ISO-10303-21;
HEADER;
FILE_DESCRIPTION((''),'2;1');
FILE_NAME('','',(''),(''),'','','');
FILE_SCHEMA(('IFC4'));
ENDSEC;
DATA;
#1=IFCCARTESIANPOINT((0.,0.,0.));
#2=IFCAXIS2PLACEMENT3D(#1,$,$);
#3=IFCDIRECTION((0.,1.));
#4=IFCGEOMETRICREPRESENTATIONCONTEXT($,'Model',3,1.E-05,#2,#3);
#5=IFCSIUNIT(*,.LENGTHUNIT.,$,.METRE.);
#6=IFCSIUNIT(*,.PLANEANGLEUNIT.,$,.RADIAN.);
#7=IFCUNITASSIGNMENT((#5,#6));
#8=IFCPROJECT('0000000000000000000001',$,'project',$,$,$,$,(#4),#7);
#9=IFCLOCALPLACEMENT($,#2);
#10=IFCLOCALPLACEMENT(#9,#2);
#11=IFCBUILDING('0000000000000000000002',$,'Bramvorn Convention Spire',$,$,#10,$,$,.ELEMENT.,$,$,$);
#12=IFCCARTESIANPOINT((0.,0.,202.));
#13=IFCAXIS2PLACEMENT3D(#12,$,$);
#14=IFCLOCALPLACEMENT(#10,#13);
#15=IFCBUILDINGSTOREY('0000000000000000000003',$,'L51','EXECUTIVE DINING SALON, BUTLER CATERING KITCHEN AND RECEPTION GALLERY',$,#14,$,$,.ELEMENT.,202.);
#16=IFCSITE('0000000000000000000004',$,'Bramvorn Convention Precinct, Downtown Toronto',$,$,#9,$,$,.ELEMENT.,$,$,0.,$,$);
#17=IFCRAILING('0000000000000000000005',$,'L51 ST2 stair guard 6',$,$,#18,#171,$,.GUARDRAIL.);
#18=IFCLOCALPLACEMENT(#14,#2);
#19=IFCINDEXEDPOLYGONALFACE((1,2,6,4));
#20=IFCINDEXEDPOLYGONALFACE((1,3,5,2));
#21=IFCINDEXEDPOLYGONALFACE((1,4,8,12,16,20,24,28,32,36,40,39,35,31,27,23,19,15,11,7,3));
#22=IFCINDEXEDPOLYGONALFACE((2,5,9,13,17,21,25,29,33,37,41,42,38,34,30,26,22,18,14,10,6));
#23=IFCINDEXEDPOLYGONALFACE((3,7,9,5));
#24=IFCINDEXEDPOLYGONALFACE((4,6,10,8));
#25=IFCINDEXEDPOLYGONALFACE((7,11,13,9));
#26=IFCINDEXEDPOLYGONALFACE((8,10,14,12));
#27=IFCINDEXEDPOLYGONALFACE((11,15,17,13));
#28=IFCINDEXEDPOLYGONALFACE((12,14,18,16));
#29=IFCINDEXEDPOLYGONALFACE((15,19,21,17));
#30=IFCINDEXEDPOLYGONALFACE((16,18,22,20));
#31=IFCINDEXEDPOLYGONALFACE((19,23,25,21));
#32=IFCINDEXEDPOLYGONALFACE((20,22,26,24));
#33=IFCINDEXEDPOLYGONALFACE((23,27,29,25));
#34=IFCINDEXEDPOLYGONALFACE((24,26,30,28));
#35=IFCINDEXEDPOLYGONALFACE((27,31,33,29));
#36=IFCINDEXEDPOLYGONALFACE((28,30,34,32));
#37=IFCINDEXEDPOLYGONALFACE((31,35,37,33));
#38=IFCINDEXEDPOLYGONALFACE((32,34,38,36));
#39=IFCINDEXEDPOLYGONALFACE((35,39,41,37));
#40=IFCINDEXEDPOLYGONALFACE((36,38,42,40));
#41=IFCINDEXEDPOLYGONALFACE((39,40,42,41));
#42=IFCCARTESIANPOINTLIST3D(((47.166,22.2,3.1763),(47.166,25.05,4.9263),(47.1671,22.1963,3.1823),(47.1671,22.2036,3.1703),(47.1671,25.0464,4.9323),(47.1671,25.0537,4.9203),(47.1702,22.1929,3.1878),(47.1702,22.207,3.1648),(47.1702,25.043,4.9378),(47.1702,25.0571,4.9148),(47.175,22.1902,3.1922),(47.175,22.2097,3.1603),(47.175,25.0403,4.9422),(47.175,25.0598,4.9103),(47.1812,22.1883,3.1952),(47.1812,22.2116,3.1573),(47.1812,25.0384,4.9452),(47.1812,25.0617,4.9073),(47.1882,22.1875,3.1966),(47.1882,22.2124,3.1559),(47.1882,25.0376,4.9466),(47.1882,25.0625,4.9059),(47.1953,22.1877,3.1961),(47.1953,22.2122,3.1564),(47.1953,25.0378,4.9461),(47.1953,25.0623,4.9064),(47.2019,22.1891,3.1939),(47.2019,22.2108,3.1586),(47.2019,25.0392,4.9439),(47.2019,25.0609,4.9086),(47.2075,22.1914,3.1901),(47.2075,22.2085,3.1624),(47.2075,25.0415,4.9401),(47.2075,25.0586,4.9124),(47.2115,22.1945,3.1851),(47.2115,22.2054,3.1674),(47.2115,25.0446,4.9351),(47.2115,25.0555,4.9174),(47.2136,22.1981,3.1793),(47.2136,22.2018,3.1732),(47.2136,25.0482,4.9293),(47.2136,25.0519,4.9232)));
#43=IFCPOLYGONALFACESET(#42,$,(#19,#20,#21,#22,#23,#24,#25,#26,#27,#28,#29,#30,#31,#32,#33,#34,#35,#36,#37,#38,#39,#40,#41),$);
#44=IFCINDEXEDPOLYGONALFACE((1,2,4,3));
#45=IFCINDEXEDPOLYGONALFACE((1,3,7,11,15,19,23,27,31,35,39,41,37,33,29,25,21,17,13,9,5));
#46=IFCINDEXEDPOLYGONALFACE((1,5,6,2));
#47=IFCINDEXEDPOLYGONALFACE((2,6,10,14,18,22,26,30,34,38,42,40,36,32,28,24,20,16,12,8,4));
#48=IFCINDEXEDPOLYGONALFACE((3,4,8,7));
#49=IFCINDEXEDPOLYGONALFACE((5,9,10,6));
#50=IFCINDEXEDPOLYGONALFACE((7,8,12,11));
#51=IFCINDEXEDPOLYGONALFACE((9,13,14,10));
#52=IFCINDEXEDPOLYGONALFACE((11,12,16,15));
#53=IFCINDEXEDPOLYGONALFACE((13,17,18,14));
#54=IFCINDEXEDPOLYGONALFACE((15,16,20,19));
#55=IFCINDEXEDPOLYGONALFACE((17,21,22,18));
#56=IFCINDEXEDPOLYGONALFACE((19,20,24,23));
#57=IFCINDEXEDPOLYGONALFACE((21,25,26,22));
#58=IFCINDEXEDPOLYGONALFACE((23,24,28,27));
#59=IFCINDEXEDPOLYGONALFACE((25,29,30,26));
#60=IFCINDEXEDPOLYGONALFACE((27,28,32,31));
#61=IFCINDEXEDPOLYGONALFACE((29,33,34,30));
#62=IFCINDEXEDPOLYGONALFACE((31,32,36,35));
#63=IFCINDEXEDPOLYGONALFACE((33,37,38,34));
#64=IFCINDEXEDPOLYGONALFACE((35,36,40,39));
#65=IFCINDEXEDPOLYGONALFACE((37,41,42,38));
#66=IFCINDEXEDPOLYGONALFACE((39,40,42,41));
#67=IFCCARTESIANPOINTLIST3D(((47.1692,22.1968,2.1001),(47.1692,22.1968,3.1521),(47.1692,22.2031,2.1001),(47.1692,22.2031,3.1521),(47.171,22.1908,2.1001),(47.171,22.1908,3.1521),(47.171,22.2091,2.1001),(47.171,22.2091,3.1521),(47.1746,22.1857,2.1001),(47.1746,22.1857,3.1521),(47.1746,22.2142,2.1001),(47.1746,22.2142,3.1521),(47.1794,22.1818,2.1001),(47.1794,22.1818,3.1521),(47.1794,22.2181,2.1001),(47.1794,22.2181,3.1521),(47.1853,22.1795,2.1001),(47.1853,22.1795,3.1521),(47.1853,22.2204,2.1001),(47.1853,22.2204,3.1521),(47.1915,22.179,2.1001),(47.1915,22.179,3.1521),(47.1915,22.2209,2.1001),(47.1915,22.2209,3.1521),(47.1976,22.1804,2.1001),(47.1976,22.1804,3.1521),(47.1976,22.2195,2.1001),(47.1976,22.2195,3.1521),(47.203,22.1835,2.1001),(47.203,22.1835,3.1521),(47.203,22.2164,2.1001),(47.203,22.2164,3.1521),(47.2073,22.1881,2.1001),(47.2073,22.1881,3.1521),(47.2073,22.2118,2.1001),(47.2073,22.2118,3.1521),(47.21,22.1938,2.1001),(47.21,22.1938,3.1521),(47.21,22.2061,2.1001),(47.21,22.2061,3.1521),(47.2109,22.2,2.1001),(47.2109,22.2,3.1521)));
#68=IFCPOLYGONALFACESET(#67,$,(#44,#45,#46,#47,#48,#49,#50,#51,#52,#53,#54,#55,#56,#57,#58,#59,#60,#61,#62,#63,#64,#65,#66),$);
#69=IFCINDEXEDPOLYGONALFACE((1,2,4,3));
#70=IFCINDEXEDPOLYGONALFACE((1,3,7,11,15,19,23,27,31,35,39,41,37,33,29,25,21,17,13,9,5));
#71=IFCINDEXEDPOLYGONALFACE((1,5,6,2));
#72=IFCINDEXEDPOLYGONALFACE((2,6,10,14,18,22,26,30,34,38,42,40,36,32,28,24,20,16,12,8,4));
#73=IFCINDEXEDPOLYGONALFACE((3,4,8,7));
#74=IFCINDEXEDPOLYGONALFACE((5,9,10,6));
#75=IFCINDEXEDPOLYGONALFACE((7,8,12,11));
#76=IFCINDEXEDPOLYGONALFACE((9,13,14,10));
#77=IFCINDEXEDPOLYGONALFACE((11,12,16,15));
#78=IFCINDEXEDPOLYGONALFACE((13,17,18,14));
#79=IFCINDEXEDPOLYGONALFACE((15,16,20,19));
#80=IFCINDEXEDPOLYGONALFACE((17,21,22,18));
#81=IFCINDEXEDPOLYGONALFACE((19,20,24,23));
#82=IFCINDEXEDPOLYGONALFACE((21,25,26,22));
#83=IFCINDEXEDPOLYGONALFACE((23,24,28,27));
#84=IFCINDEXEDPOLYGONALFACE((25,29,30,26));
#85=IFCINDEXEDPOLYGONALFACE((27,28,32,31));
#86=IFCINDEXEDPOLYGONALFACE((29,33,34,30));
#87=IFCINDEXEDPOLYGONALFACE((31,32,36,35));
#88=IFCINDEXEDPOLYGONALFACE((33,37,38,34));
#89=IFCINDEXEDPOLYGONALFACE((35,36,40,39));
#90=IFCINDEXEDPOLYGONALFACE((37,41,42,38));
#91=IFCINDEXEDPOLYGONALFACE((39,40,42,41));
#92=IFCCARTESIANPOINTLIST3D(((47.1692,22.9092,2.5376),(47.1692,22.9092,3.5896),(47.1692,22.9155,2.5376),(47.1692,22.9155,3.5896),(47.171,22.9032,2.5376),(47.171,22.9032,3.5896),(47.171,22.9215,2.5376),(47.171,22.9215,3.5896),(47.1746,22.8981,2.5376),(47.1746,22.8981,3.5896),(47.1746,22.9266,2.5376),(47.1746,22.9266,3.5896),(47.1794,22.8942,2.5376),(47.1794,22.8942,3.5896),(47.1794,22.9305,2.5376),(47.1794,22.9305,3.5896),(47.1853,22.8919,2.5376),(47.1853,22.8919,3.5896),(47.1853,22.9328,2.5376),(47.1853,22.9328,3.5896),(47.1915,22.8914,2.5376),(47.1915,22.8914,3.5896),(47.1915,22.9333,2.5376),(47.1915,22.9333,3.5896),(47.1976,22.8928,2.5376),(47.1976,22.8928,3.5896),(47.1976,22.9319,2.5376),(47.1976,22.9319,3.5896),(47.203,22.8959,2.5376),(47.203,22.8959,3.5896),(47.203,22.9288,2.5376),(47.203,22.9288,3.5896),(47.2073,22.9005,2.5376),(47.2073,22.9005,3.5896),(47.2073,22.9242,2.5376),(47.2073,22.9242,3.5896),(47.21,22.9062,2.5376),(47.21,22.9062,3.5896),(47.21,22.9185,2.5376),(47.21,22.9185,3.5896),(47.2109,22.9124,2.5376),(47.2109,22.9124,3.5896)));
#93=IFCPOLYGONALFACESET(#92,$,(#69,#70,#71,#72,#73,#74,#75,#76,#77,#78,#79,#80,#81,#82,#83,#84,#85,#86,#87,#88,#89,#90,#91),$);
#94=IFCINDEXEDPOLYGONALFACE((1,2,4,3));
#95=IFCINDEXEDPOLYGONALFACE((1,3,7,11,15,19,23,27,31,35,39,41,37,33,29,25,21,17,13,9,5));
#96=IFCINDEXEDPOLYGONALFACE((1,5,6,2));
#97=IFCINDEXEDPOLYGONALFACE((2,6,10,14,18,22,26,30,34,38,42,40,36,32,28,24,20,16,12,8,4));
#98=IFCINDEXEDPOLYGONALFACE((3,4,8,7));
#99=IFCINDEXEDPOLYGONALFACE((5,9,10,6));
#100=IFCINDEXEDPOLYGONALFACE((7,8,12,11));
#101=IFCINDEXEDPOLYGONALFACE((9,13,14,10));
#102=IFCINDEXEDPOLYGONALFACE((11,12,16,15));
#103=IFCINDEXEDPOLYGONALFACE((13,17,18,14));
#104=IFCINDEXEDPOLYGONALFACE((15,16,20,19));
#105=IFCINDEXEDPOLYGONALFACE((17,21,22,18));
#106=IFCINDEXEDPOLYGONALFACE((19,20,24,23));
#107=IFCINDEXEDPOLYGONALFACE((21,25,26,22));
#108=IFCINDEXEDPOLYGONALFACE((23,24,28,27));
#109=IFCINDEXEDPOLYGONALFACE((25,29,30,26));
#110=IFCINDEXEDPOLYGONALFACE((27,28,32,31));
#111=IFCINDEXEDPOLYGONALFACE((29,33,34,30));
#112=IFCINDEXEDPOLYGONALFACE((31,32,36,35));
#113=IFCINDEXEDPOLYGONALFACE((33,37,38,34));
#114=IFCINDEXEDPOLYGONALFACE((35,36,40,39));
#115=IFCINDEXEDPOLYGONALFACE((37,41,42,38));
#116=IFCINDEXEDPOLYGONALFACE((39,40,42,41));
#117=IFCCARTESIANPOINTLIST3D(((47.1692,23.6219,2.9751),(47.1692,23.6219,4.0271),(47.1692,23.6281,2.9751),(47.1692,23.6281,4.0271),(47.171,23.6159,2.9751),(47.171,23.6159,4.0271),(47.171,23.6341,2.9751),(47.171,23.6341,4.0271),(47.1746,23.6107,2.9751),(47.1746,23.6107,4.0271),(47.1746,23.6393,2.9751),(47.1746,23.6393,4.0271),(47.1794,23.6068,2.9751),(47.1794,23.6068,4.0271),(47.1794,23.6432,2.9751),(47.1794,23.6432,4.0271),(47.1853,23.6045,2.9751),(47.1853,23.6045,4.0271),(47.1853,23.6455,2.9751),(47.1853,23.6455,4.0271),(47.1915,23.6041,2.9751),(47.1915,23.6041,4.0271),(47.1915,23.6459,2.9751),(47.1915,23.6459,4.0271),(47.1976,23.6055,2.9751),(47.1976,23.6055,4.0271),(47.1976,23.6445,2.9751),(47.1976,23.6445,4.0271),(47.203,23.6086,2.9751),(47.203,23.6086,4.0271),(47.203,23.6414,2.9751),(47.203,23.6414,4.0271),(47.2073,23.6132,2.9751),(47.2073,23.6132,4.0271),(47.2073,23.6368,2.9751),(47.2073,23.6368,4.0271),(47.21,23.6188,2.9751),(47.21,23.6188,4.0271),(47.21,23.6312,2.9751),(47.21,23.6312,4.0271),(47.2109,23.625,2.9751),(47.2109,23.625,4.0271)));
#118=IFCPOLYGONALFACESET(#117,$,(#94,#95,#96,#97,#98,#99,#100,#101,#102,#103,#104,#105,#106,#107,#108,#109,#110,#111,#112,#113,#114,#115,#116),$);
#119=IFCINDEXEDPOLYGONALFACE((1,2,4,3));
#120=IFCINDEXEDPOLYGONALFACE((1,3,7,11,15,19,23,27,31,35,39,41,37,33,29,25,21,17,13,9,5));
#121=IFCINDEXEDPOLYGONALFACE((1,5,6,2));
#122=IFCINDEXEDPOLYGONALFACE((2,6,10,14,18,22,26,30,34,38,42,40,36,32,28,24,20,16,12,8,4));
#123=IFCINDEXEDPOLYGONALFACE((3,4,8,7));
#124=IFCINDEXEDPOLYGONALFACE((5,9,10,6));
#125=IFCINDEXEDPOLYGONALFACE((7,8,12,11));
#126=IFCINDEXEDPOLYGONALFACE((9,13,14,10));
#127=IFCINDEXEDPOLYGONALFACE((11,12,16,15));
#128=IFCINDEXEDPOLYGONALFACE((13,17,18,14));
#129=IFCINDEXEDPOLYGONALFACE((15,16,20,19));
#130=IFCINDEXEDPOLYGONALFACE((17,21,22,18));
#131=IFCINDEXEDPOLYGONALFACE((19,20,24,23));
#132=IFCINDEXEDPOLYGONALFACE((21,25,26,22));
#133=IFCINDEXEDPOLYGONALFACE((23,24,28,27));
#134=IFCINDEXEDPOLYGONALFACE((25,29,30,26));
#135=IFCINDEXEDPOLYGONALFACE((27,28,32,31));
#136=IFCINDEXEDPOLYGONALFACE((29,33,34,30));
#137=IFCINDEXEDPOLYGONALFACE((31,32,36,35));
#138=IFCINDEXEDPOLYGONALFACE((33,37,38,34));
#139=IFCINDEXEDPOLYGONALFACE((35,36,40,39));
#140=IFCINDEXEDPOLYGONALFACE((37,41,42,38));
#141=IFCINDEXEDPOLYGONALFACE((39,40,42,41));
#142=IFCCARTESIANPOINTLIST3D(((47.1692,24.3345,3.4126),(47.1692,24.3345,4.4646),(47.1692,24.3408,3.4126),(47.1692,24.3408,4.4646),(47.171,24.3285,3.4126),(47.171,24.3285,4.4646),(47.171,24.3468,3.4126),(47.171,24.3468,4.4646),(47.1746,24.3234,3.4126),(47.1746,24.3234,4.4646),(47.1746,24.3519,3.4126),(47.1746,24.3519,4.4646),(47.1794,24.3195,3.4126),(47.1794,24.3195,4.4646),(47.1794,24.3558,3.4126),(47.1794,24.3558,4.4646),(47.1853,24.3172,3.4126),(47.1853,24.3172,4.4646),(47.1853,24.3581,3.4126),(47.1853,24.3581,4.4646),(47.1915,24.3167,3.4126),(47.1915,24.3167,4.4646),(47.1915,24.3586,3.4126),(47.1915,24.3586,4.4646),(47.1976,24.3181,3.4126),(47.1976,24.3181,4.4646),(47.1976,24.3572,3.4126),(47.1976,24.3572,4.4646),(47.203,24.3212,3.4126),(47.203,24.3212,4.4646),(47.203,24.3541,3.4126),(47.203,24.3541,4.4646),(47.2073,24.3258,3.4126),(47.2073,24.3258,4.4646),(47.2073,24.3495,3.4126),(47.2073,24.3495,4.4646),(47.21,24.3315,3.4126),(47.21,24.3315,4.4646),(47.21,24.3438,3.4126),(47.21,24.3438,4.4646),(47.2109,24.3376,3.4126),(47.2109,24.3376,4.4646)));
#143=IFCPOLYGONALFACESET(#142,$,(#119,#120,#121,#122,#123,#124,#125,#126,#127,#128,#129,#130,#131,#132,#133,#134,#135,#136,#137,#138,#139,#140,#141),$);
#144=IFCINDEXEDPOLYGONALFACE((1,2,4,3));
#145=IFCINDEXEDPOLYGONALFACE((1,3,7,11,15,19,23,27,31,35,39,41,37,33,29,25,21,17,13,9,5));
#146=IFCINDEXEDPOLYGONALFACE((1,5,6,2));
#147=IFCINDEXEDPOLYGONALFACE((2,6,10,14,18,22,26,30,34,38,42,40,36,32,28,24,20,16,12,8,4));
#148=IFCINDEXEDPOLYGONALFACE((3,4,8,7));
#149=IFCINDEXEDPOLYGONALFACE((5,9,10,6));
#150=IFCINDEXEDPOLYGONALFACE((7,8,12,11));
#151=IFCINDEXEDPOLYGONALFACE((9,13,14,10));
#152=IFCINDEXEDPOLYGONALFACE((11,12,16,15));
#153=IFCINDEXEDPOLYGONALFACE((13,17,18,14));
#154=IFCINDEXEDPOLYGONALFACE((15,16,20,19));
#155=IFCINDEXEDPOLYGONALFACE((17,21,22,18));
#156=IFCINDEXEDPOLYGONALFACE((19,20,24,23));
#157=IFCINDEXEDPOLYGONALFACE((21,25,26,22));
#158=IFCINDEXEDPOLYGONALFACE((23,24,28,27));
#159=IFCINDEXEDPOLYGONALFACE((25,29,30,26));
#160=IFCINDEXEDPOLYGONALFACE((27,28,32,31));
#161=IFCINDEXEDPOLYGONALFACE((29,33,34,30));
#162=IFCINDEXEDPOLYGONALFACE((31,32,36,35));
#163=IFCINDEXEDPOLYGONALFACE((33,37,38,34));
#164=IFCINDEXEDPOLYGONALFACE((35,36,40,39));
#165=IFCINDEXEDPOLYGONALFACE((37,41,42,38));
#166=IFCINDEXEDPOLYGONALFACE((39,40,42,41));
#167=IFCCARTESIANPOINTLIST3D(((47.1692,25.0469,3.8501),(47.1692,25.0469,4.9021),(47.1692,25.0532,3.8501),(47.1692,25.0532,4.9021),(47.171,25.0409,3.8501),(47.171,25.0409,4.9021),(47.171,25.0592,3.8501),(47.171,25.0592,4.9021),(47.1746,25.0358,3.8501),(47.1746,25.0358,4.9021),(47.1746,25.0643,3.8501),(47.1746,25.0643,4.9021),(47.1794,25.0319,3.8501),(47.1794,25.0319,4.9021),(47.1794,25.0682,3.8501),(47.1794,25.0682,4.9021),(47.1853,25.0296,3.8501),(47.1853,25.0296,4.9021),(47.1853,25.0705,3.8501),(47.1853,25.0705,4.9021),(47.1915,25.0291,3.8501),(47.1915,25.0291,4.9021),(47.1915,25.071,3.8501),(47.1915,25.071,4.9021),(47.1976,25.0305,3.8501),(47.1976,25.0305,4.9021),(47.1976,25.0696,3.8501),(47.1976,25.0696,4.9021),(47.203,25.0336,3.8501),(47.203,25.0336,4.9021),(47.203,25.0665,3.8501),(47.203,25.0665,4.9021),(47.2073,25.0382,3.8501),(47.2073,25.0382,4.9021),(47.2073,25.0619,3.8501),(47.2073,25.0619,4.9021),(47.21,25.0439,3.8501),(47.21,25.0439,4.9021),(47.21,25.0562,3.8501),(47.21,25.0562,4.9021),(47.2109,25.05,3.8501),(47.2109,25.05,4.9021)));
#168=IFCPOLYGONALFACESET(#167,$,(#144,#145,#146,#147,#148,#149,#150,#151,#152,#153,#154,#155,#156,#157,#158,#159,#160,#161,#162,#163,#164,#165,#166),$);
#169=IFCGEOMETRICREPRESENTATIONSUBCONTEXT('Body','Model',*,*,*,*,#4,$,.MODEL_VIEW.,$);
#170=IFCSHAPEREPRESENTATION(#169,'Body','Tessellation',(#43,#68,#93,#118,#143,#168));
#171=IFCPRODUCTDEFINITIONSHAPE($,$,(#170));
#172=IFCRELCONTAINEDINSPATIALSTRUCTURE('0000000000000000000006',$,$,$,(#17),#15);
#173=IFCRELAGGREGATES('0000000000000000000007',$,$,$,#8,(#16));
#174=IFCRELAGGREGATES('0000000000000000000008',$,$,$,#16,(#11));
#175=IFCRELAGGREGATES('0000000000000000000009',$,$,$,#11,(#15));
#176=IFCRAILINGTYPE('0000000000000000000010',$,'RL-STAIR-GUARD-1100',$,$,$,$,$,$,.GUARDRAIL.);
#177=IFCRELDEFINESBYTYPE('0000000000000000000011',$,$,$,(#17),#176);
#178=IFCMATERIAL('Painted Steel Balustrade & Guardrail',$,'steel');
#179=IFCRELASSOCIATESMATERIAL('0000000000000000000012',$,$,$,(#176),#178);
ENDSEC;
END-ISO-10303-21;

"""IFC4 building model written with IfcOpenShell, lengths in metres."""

from ifc_helpers import new_model, si_unit, direction, frame, origin, origin_2d, place, context, subcontext, project, spatial, circle, extrude, material, type_object, element, save


model = new_model("IFC4")

# Units and contexts
model_context = context("Model", 3, precision=1e-05, world=origin(), true_north=direction((0.0, 1.0)))
body_context = subcontext(model_context, "Body", "Model", "MODEL_VIEW")
ifc_project = project(units=[si_unit("LENGTHUNIT", "METRE"), si_unit("PLANEANGLEUNIT", "RADIAN")], contexts=[model_context])

# Site, building, storey
site_placement = place(None, origin())
site = spatial("IfcSite", under=ifc_project, at=site_placement, Name="Bramvorn Convention Precinct, Downtown Toronto", CompositionType="ELEMENT", RefElevation=0.0)
building_placement = place(site_placement, origin())
building = spatial("IfcBuilding", under=site, at=building_placement, Name="Bramvorn Convention Spire", CompositionType="ELEMENT")
storey_placement = place(building_placement, frame((0.0, 0.0, 202.0)))
storey = spatial("IfcBuildingStorey", under=building, at=storey_placement, Name="L51", Description="EXECUTIVE DINING SALON, BUTLER CATERING KITCHEN AND RECEPTION GALLERY", CompositionType="ELEMENT", Elevation=202.0)

# Railing
ifc_material_1 = material(Name="Painted Steel Balustrade & Guardrail", Category="steel")
railing_type_1 = type_object("IfcRailingType", Name="RL-STAIR-GUARD-1100", PredefinedType="GUARDRAIL", material=ifc_material_1)
railing_1_placement = place(storey_placement, frame((47.1899, 22.2, 2.1001)))
element("IfcRailing", 1, at=railing_1_placement, inside=storey, type_object=railing_type_1, Name="L51 ST2 stair guard 6", PredefinedType="GUARDRAIL", context=body_context, shape_type="SweptSolid", body=[
    extrude(circle(Radius=0.0239, at=origin_2d()), frame((0.0, 0.0, 1.0762), z_axis=(0.0, 0.852179, 0.52325), x_axis=(-1.0, 0.0, 0.0)), (0.0, 0.0, 1.0), 3.3445),
    extrude(circle(Radius=0.021, at=origin_2d()), origin(), (0.0, 0.0, 1.0), 1.052),
    extrude(circle(Radius=0.021, at=origin_2d()), frame((0.0, 0.7124, 0.4375)), (0.0, 0.0, 1.0), 1.052),
    extrude(circle(Radius=0.021, at=origin_2d()), frame((0.0, 1.425, 0.875)), (0.0, 0.0, 1.0), 1.052),
    extrude(circle(Radius=0.021, at=origin_2d()), frame((0.0, 2.1377, 1.3125)), (0.0, 0.0, 1.0), 1.052),
    extrude(circle(Radius=0.021, at=origin_2d()), frame((0.0, 2.8501, 1.75)), (0.0, 0.0, 1.0), 1.052),
])

save(model, "model.ifc")
